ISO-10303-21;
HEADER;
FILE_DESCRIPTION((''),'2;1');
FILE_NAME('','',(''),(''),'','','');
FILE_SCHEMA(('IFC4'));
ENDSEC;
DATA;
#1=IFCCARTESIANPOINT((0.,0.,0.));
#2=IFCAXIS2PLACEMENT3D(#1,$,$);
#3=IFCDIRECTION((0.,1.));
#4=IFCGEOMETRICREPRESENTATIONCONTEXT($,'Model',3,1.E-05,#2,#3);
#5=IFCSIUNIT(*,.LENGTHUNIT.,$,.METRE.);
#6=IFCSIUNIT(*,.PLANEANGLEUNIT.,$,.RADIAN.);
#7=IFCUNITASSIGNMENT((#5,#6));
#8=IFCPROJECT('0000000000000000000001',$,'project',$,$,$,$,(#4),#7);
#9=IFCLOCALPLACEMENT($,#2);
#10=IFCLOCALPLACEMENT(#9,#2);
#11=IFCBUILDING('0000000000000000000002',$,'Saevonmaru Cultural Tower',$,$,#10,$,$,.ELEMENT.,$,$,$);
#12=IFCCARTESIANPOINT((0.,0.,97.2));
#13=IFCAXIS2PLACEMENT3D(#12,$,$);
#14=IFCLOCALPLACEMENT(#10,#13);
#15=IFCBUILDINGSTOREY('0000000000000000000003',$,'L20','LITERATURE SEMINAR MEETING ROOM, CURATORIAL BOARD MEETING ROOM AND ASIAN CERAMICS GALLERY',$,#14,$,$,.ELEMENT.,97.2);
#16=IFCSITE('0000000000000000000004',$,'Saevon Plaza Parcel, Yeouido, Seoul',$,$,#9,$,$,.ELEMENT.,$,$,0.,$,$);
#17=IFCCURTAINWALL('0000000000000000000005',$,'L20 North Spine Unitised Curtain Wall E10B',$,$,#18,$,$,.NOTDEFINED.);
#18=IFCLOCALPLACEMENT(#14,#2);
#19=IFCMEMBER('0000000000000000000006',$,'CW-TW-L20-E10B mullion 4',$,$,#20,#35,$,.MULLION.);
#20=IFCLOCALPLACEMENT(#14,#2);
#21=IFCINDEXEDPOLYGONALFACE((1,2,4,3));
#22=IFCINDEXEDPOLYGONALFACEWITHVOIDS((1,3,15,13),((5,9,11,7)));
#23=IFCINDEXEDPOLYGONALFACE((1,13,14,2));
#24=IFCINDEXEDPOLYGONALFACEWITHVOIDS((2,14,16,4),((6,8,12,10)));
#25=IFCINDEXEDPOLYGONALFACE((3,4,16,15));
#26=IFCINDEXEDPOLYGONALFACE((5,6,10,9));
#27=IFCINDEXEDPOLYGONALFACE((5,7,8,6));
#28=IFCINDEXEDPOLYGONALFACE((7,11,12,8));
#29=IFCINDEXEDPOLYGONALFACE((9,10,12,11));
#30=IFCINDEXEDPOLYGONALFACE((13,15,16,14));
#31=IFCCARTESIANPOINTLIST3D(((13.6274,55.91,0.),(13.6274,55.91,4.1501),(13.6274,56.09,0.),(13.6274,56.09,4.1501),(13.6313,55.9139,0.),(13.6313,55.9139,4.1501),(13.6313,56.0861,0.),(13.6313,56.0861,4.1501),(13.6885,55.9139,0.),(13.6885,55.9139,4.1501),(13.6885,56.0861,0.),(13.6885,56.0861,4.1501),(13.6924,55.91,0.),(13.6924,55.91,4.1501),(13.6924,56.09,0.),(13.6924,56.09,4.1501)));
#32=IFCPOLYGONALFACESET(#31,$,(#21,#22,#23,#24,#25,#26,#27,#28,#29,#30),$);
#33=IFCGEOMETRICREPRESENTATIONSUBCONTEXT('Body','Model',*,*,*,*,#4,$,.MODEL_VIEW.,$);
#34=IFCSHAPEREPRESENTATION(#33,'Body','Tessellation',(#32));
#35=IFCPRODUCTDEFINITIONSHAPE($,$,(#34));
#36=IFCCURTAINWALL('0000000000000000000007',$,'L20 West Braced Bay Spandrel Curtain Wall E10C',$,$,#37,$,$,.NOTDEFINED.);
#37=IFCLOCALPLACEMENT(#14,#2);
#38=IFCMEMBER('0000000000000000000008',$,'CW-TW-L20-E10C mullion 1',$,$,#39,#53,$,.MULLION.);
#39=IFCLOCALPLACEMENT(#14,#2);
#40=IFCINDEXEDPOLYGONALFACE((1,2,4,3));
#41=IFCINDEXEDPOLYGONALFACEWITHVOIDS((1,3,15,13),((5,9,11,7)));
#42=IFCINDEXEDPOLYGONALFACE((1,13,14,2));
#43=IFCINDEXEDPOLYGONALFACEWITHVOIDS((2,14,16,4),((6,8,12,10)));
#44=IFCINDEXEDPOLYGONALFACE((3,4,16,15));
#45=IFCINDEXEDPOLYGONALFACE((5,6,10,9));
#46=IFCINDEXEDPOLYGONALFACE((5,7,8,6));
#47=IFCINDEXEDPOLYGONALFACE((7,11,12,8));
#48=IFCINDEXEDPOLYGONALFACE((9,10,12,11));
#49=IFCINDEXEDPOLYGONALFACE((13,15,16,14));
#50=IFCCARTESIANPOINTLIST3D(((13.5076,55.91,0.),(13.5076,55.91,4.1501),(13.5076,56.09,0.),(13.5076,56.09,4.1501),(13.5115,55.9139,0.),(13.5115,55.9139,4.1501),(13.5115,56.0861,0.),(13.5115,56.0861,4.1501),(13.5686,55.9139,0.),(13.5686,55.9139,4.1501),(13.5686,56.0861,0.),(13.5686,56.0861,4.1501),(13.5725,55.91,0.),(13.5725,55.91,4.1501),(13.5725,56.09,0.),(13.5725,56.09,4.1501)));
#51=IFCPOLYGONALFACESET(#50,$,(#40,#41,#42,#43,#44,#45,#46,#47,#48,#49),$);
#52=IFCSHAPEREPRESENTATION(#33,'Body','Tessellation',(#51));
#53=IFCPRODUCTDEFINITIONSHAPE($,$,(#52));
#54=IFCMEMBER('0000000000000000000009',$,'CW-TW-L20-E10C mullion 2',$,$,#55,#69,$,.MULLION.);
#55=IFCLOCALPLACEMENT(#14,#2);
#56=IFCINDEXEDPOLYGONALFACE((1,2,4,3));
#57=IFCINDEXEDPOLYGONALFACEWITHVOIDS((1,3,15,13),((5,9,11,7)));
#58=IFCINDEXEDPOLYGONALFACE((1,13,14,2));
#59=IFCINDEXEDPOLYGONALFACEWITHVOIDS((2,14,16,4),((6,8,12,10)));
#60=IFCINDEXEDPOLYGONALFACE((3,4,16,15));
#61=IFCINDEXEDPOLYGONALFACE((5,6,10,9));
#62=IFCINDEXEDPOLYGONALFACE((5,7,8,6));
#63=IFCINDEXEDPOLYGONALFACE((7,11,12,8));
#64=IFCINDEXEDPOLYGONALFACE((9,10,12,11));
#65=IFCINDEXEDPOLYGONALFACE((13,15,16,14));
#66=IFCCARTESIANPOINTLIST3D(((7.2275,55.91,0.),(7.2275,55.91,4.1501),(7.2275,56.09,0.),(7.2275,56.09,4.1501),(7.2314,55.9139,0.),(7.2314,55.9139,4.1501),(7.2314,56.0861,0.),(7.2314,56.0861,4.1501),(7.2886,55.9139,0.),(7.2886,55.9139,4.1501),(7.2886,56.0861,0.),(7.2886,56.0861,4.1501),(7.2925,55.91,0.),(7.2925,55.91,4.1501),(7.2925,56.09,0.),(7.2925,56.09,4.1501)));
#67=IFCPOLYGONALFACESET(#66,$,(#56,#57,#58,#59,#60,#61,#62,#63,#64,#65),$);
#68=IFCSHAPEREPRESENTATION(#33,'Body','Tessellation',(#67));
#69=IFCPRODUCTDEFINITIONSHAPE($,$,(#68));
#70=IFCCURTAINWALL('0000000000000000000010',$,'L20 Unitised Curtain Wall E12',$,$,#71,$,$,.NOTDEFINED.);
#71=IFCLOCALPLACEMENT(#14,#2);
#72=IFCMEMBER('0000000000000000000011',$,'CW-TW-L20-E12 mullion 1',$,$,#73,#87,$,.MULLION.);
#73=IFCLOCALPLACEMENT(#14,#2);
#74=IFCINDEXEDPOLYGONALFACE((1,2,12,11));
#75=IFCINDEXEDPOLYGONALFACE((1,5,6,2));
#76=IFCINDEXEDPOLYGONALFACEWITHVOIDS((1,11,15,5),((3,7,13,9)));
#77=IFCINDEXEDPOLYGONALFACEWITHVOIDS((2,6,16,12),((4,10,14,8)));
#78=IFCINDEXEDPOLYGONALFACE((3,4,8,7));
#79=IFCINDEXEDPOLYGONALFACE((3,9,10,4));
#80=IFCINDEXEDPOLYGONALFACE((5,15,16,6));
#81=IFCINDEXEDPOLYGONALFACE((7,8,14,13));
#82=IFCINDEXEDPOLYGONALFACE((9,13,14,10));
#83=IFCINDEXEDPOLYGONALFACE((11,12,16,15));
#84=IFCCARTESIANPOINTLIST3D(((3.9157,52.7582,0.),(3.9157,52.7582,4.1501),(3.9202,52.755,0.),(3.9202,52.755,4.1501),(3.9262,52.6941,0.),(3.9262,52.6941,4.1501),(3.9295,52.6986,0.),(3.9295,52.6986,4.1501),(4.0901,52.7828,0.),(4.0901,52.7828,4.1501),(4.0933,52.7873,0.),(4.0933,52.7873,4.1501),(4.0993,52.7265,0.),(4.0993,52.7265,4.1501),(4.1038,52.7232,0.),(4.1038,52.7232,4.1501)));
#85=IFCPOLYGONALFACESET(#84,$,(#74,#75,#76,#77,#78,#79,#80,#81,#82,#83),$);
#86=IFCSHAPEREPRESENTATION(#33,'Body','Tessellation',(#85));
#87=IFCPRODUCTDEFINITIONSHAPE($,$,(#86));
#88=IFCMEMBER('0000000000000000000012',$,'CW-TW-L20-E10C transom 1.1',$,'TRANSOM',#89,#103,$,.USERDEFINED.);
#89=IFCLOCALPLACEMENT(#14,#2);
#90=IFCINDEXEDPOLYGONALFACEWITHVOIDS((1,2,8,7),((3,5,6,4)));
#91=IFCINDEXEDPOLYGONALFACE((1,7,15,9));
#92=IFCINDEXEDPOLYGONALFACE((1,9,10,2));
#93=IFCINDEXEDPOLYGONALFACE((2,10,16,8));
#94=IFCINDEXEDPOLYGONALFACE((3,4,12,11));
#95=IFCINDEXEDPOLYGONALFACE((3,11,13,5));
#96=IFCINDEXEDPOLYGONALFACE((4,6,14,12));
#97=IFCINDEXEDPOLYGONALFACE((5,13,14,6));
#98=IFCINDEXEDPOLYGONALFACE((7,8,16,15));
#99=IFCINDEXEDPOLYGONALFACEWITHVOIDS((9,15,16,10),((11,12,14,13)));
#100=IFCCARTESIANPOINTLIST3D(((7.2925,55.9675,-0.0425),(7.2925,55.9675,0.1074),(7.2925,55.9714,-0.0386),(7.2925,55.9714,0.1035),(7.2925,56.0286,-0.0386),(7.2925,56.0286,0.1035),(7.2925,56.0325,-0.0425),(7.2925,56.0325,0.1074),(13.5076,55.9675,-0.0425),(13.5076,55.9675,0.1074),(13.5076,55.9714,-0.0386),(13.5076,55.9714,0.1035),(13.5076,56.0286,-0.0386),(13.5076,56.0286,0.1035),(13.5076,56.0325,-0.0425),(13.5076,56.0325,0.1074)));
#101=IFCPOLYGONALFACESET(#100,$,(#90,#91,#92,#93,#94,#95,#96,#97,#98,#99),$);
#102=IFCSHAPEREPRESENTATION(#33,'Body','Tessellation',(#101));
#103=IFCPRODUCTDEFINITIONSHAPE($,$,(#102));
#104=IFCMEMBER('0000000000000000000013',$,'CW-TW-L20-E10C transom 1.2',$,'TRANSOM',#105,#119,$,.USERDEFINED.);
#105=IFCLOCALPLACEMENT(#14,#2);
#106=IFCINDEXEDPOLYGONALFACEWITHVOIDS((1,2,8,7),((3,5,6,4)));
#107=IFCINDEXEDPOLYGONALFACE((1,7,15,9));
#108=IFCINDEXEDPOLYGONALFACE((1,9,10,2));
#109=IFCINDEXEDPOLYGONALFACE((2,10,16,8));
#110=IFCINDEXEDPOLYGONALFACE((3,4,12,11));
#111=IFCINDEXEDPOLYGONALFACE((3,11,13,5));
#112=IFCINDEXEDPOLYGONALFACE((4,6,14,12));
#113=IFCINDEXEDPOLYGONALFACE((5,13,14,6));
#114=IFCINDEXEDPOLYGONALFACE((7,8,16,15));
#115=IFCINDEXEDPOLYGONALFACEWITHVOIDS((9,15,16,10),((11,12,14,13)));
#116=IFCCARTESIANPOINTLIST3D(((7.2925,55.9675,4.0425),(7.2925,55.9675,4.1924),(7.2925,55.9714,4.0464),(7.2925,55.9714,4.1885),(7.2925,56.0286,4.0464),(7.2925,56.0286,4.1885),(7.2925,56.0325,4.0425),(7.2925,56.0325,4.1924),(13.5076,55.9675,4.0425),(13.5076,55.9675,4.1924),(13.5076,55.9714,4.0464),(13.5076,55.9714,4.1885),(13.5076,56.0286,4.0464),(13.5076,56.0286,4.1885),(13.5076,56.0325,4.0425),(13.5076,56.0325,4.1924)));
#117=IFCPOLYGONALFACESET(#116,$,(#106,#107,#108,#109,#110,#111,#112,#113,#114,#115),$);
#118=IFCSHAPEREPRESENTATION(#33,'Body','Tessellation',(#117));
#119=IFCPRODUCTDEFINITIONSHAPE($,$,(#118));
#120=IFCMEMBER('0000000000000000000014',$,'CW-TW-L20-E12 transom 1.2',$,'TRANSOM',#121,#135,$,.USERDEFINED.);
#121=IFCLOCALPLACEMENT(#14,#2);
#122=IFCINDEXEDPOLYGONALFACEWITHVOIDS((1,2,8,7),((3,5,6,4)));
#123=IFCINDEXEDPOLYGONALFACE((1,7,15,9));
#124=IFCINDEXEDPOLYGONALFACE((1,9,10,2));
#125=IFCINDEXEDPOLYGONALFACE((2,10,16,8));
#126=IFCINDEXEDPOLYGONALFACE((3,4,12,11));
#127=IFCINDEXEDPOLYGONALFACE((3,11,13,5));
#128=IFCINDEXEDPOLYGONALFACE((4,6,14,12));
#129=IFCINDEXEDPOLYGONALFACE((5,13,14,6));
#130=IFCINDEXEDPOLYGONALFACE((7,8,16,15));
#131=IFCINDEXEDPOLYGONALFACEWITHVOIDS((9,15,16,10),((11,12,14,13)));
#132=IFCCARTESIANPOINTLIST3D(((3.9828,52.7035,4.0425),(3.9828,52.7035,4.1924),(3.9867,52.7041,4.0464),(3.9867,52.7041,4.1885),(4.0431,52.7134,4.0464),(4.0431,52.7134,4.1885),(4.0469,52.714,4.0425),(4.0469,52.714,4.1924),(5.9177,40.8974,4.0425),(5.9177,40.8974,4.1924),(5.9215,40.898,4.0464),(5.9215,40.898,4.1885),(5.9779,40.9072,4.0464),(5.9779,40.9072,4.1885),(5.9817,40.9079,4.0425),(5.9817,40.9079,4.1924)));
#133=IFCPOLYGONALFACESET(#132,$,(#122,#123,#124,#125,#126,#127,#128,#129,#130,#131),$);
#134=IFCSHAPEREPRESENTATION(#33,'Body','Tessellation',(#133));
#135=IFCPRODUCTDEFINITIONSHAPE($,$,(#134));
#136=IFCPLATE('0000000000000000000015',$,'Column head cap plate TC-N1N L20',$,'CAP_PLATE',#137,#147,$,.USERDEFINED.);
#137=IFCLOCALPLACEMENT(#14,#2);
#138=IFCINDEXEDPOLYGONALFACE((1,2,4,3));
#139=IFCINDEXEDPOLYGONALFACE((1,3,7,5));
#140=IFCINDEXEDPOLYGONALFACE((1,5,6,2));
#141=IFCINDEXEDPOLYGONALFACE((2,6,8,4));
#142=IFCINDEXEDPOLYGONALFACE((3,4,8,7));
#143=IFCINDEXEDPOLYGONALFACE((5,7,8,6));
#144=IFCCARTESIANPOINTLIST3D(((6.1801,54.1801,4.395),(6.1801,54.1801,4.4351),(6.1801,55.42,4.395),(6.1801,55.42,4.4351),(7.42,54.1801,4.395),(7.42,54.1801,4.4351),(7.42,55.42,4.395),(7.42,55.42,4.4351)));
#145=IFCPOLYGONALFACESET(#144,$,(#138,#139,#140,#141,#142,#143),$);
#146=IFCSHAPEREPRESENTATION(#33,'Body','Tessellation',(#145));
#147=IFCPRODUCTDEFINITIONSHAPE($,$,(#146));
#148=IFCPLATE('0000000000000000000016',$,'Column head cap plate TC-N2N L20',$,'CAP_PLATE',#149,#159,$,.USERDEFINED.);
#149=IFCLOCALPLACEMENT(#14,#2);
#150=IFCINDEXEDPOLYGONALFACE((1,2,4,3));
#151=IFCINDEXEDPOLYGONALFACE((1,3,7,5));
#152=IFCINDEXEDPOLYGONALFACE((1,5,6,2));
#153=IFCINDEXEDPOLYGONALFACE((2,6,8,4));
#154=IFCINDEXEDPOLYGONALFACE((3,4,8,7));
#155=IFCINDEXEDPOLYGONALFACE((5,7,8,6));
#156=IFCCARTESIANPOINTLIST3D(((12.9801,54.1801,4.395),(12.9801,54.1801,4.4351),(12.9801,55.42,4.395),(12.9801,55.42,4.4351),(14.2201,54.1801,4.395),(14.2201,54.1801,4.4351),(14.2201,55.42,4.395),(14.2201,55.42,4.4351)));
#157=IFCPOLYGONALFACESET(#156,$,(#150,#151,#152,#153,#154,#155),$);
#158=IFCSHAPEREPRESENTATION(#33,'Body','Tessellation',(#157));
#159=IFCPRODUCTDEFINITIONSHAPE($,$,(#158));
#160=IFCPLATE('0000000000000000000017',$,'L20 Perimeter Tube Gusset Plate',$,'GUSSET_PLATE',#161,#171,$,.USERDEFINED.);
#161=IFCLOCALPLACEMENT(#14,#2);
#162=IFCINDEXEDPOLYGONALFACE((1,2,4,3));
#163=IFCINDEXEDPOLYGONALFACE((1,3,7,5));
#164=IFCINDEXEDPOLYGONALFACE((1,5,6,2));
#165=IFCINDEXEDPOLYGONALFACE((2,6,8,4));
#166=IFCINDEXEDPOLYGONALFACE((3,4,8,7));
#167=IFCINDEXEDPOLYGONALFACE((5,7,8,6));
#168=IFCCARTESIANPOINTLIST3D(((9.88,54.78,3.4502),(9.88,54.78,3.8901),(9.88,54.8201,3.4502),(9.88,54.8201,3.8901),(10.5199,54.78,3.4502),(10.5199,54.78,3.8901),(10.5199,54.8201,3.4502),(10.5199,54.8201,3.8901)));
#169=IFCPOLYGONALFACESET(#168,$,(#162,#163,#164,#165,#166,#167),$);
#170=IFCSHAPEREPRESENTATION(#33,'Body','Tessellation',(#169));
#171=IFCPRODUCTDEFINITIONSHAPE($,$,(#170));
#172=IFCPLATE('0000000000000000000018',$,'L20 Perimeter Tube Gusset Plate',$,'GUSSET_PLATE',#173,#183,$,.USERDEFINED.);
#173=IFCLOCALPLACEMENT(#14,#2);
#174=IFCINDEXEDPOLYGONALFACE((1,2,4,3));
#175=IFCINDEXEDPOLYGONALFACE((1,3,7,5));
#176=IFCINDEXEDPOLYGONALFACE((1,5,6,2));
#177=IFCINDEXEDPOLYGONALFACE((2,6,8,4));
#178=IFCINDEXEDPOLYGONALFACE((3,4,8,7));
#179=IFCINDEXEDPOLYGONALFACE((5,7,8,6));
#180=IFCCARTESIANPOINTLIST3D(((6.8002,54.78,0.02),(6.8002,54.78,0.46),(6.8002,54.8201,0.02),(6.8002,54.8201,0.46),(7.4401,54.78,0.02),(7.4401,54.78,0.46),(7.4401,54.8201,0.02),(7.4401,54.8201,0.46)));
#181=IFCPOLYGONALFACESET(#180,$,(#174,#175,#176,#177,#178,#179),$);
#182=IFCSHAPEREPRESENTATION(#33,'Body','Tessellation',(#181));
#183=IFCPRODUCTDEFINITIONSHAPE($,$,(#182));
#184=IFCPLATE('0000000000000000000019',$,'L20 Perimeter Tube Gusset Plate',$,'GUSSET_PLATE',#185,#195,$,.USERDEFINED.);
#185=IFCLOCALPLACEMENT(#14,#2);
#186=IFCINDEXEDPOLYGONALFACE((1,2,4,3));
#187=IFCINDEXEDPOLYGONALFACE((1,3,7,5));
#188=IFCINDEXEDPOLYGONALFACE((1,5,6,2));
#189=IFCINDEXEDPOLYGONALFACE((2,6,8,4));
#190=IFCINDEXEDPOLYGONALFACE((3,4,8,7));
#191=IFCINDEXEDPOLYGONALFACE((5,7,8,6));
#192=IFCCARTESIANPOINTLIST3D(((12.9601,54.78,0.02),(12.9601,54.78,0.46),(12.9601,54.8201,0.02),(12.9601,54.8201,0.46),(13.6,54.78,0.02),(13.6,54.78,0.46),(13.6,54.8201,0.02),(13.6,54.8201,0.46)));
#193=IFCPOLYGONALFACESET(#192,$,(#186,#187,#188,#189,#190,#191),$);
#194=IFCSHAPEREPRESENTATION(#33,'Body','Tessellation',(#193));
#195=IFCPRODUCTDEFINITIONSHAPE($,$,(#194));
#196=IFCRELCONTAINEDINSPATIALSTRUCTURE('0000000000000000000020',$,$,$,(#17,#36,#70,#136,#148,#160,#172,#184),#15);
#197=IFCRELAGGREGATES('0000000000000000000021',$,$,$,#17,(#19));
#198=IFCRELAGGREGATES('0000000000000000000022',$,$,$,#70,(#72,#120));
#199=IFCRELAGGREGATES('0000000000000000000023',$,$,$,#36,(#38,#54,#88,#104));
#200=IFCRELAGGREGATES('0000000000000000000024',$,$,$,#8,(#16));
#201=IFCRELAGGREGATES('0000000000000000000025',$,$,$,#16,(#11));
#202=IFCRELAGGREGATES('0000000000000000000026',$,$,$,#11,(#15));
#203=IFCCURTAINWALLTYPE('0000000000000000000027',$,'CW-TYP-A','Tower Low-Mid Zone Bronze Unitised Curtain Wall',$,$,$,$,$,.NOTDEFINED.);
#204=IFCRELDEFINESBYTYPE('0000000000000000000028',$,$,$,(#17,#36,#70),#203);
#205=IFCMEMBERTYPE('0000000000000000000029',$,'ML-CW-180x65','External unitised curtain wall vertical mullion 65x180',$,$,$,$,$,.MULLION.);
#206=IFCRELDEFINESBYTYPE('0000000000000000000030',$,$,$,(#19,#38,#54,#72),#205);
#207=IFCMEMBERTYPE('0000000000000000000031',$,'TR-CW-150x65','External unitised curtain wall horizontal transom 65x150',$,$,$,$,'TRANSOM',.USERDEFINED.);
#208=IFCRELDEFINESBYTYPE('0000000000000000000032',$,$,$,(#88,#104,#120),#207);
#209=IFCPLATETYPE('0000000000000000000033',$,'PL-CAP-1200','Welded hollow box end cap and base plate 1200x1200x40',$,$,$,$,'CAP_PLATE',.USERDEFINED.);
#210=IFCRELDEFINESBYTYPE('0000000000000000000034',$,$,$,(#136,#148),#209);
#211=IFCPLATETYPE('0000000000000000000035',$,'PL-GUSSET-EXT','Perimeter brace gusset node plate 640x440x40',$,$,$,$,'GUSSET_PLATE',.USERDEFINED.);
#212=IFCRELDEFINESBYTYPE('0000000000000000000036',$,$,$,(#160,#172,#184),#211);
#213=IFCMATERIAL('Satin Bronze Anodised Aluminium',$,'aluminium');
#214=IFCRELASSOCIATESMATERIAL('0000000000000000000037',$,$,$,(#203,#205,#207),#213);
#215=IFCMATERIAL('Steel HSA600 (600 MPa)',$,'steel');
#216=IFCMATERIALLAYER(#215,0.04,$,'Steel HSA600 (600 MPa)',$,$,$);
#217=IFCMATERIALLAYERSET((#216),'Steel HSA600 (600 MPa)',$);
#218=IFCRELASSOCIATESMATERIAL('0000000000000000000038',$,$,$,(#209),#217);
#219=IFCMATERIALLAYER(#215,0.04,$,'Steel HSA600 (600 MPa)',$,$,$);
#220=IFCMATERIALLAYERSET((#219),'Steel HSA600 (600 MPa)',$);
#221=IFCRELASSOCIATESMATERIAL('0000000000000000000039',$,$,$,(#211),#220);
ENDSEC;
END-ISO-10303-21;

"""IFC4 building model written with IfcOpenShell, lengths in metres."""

from ifc_helpers import new_model, si_unit, direction, frame, origin, origin_2d, place, context, subcontext, project, spatial, rectangle, hollow_rectangle, extrude, material, layer, layer_set, material_profile, profile_set, type_object, element, aggregate, save


model = new_model("IFC4")

# Units and contexts
model_context = context("Model", 3, precision=1e-05, world=origin(), true_north=direction((0.0, 1.0)))
body_context = subcontext(model_context, "Body", "Model", "MODEL_VIEW")
ifc_project = project(units=[si_unit("LENGTHUNIT", "METRE"), si_unit("PLANEANGLEUNIT", "RADIAN")], contexts=[model_context])

# Site, building, storey
site_placement = place(None, origin())
site = spatial("IfcSite", under=ifc_project, at=site_placement, Name="Saevon Plaza Parcel, Yeouido, Seoul", CompositionType="ELEMENT", RefElevation=0.0)
building_placement = place(site_placement, origin())
building = spatial("IfcBuilding", under=site, at=building_placement, Name="Saevonmaru Cultural Tower", CompositionType="ELEMENT")
storey_placement = place(building_placement, frame((0.0, 0.0, 97.2)))
storey = spatial("IfcBuildingStorey", under=building, at=storey_placement, Name="L20", Description="LITERATURE SEMINAR MEETING ROOM, CURATORIAL BOARD MEETING ROOM AND ASIAN CERAMICS GALLERY", CompositionType="ELEMENT", Elevation=97.2)

# Shared definitions
ifc_material_1 = material(Name="Steel HSA600 (600 MPa)", Category="steel")

# Curtain wall, member
ifc_material_2 = material(Name="Satin Bronze Anodised Aluminium", Category="aluminium")
curtain_wall_type = type_object("IfcCurtainWallType", Name="CW-TYP-A", Description="Tower Low-Mid Zone Bronze Unitised Curtain Wall", PredefinedType="NOTDEFINED", material=ifc_material_2)
curtain_wall_1_placement = place(storey_placement, origin())
curtain_wall_1 = element("IfcCurtainWall", 1, at=curtain_wall_1_placement, inside=storey, type_object=curtain_wall_type, Name="L20 North Spine Unitised Curtain Wall E10B", PredefinedType="NOTDEFINED")
ifc_material_profile_1 = material_profile(ifc_material_2, hollow_rectangle(XDim=0.0649, YDim=0.1799, WallThickness=0.0039, at=origin_2d()), Name="ALU-MULL-180x65x4")
ifc_profile_set_1 = profile_set([ifc_material_profile_1], Name="Satin Bronze Anodised Aluminium")
member_type_1 = type_object("IfcMemberType", Name="ML-CW-180x65", Description="External unitised curtain wall vertical mullion 65x180", PredefinedType="MULLION", material=ifc_profile_set_1)
member_1_placement = place(storey_placement, frame((13.6599, 56.0, 0.0), z_axis=(0.0, 0.0, 1.0), x_axis=(-1.0, 0.0, 0.0)))
member_1 = element("IfcMember", 2, at=member_1_placement, type_object=member_type_1, Name="CW-TW-L20-E10B mullion 4", PredefinedType="MULLION", context=body_context, shape_type="SweptSolid", body=[
    extrude(hollow_rectangle(XDim=0.0649, YDim=0.1799, WallThickness=0.0039, at=origin_2d()), origin(), (0.0, 0.0, 1.0), 4.1501),
])
aggregate(curtain_wall_1, [member_1])

# Curtain wall, members
curtain_wall_2_placement = place(storey_placement, origin())
curtain_wall_2 = element("IfcCurtainWall", 3, at=curtain_wall_2_placement, inside=storey, type_object=curtain_wall_type, Name="L20 West Braced Bay Spandrel Curtain Wall E10C", PredefinedType="NOTDEFINED")
member_2_placement = place(storey_placement, frame((13.54, 56.0, 0.0), z_axis=(0.0, 0.0, 1.0), x_axis=(-1.0, 0.0, 0.0)))
member_2 = element("IfcMember", 4, at=member_2_placement, type_object=member_type_1, Name="CW-TW-L20-E10C mullion 1", PredefinedType="MULLION", context=body_context, shape_type="SweptSolid", body=[
    extrude(hollow_rectangle(XDim=0.0649, YDim=0.1799, WallThickness=0.0039, at=origin_2d()), origin(), (0.0, 0.0, 1.0), 4.1501),
])
member_3_placement = place(storey_placement, frame((7.26, 56.0, 0.0), z_axis=(0.0, 0.0, 1.0), x_axis=(-1.0, 0.0, 0.0)))
member_3 = element("IfcMember", 5, at=member_3_placement, type_object=member_type_1, Name="CW-TW-L20-E10C mullion 2", PredefinedType="MULLION", context=body_context, shape_type="SweptSolid", body=[
    extrude(hollow_rectangle(XDim=0.0649, YDim=0.1799, WallThickness=0.0039, at=origin_2d()), origin(), (0.0, 0.0, 1.0), 4.1501),
])

# Curtain wall, member
curtain_wall_3_placement = place(storey_placement, origin())
curtain_wall_3 = element("IfcCurtainWall", 6, at=curtain_wall_3_placement, inside=storey, type_object=curtain_wall_type, Name="L20 Unitised Curtain Wall E12", PredefinedType="NOTDEFINED")
member_4_placement = place(storey_placement, frame((4.0098, 52.7407, 0.0), z_axis=(0.0, 0.0, 1.0), x_axis=(0.161709, -0.986839, 0.0)))
member_4 = element("IfcMember", 7, at=member_4_placement, type_object=member_type_1, Name="CW-TW-L20-E12 mullion 1", PredefinedType="MULLION", context=body_context, shape_type="SweptSolid", body=[
    extrude(hollow_rectangle(XDim=0.0649, YDim=0.1799, WallThickness=0.0039, at=origin_2d()), origin(), (0.0, 0.0, 1.0), 4.1501),
])

# Members
ifc_material_profile_2 = material_profile(ifc_material_2, hollow_rectangle(XDim=0.0649, YDim=0.1499, WallThickness=0.0039, at=origin_2d()), Name="ALU-TRAN-150x65x4")
ifc_profile_set_2 = profile_set([ifc_material_profile_2], Name="Satin Bronze Anodised Aluminium")
member_type_2 = type_object("IfcMemberType", Name="TR-CW-150x65", Description="External unitised curtain wall horizontal transom 65x150", ElementType="TRANSOM", PredefinedType="USERDEFINED", material=ifc_profile_set_2)
member_5_placement = place(storey_placement, frame((13.5076, 56.0, 0.0325), z_axis=(-1.0, 0.0, 0.0), x_axis=(0.0, -1.0, 0.0)))
member_5 = element("IfcMember", 8, at=member_5_placement, type_object=member_type_2, Name="CW-TW-L20-E10C transom 1.1", ObjectType="TRANSOM", PredefinedType="USERDEFINED", context=body_context, shape_type="SweptSolid", body=[
    extrude(hollow_rectangle(XDim=0.0649, YDim=0.1499, WallThickness=0.0039, at=origin_2d()), origin(), (0.0, 0.0, 1.0), 6.2151),
])
member_6_placement = place(storey_placement, frame((13.5076, 56.0, 4.1174), z_axis=(-1.0, 0.0, 0.0), x_axis=(0.0, -1.0, 0.0)))
member_6 = element("IfcMember", 9, at=member_6_placement, type_object=member_type_2, Name="CW-TW-L20-E10C transom 1.2", ObjectType="TRANSOM", PredefinedType="USERDEFINED", context=body_context, shape_type="SweptSolid", body=[
    extrude(hollow_rectangle(XDim=0.0649, YDim=0.1499, WallThickness=0.0039, at=origin_2d()), origin(), (0.0, 0.0, 1.0), 6.2151),
])
member_7_placement = place(storey_placement, frame((4.0149, 52.7087, 4.1174), z_axis=(0.161725, -0.986836, 0.0), x_axis=(0.986836, 0.161725, 0.0)))
member_7 = element("IfcMember", 10, at=member_7_placement, type_object=member_type_2, Name="CW-TW-L20-E12 transom 1.2", ObjectType="TRANSOM", PredefinedType="USERDEFINED", context=body_context, shape_type="SweptSolid", body=[
    extrude(hollow_rectangle(XDim=0.0649, YDim=0.1499, WallThickness=0.0039, at=origin_2d()), origin(), (0.0, 0.0, 1.0), 11.9636),
])
aggregate(curtain_wall_3, [member_4, member_7])

# Plates
ifc_layer_1 = layer(ifc_material_1, 0.04, Name="Steel HSA600 (600 MPa)")
ifc_layer_set_1 = layer_set([ifc_layer_1], Name="Steel HSA600 (600 MPa)")
plate_type_1 = type_object("IfcPlateType", Name="PL-CAP-1200", Description="Welded hollow box end cap and base plate 1200x1200x40", ElementType="CAP_PLATE", PredefinedType="USERDEFINED", material=ifc_layer_set_1)
for number, where, z_axis, x_axis, name in (
    (11, (6.8, 54.8, 4.395), (0.0, 0.0, 1.0), (1.0, 0.0, 0.0), "Column head cap plate TC-N1N L20"),
    (12, (13.6001, 54.8, 4.395), (0.0, 0.0, 1.0), (1.0, 0.0, 0.0), "Column head cap plate TC-N2N L20"),
):
    element("IfcPlate", number, at=place(storey_placement, frame(where, z_axis=z_axis, x_axis=x_axis)), inside=storey, type_object=plate_type_1, Name=name, ObjectType="CAP_PLATE", PredefinedType="USERDEFINED", context=body_context, shape_type="SweptSolid", body=[
        extrude(rectangle(XDim=1.24, YDim=1.24, at=origin_2d()), origin(), (0.0, 0.0, 1.0), 0.04),
    ])
ifc_layer_2 = layer(ifc_material_1, 0.04, Name="Steel HSA600 (600 MPa)")
ifc_layer_set_2 = layer_set([ifc_layer_2], Name="Steel HSA600 (600 MPa)")
plate_type_2 = type_object("IfcPlateType", Name="PL-GUSSET-EXT", Description="Perimeter brace gusset node plate 640x440x40", ElementType="GUSSET_PLATE", PredefinedType="USERDEFINED", material=ifc_layer_set_2)
for number, where, z_axis, x_axis, name in (
    (13, (10.2, 54.8, 3.4502), (0.0, 0.0, 1.0), (1.0, 0.0, 0.0), "L20 Perimeter Tube Gusset Plate"),
    (14, (7.1201, 54.8, 0.02), (0.0, 0.0, 1.0), (1.0, 0.0, 0.0), "L20 Perimeter Tube Gusset Plate"),
    (15, (13.28, 54.8, 0.02), (0.0, 0.0, 1.0), (1.0, 0.0, 0.0), "L20 Perimeter Tube Gusset Plate"),
):
    element("IfcPlate", number, at=place(storey_placement, frame(where, z_axis=z_axis, x_axis=x_axis)), inside=storey, type_object=plate_type_2, Name=name, ObjectType="GUSSET_PLATE", PredefinedType="USERDEFINED", context=body_context, shape_type="SweptSolid", body=[
        extrude(rectangle(XDim=0.6399, YDim=0.04, at=origin_2d()), origin(), (0.0, 0.0, 1.0), 0.4399),
    ])

aggregate(curtain_wall_2, [member_2, member_3, member_5, member_6])

save(model, "model.ifc")
